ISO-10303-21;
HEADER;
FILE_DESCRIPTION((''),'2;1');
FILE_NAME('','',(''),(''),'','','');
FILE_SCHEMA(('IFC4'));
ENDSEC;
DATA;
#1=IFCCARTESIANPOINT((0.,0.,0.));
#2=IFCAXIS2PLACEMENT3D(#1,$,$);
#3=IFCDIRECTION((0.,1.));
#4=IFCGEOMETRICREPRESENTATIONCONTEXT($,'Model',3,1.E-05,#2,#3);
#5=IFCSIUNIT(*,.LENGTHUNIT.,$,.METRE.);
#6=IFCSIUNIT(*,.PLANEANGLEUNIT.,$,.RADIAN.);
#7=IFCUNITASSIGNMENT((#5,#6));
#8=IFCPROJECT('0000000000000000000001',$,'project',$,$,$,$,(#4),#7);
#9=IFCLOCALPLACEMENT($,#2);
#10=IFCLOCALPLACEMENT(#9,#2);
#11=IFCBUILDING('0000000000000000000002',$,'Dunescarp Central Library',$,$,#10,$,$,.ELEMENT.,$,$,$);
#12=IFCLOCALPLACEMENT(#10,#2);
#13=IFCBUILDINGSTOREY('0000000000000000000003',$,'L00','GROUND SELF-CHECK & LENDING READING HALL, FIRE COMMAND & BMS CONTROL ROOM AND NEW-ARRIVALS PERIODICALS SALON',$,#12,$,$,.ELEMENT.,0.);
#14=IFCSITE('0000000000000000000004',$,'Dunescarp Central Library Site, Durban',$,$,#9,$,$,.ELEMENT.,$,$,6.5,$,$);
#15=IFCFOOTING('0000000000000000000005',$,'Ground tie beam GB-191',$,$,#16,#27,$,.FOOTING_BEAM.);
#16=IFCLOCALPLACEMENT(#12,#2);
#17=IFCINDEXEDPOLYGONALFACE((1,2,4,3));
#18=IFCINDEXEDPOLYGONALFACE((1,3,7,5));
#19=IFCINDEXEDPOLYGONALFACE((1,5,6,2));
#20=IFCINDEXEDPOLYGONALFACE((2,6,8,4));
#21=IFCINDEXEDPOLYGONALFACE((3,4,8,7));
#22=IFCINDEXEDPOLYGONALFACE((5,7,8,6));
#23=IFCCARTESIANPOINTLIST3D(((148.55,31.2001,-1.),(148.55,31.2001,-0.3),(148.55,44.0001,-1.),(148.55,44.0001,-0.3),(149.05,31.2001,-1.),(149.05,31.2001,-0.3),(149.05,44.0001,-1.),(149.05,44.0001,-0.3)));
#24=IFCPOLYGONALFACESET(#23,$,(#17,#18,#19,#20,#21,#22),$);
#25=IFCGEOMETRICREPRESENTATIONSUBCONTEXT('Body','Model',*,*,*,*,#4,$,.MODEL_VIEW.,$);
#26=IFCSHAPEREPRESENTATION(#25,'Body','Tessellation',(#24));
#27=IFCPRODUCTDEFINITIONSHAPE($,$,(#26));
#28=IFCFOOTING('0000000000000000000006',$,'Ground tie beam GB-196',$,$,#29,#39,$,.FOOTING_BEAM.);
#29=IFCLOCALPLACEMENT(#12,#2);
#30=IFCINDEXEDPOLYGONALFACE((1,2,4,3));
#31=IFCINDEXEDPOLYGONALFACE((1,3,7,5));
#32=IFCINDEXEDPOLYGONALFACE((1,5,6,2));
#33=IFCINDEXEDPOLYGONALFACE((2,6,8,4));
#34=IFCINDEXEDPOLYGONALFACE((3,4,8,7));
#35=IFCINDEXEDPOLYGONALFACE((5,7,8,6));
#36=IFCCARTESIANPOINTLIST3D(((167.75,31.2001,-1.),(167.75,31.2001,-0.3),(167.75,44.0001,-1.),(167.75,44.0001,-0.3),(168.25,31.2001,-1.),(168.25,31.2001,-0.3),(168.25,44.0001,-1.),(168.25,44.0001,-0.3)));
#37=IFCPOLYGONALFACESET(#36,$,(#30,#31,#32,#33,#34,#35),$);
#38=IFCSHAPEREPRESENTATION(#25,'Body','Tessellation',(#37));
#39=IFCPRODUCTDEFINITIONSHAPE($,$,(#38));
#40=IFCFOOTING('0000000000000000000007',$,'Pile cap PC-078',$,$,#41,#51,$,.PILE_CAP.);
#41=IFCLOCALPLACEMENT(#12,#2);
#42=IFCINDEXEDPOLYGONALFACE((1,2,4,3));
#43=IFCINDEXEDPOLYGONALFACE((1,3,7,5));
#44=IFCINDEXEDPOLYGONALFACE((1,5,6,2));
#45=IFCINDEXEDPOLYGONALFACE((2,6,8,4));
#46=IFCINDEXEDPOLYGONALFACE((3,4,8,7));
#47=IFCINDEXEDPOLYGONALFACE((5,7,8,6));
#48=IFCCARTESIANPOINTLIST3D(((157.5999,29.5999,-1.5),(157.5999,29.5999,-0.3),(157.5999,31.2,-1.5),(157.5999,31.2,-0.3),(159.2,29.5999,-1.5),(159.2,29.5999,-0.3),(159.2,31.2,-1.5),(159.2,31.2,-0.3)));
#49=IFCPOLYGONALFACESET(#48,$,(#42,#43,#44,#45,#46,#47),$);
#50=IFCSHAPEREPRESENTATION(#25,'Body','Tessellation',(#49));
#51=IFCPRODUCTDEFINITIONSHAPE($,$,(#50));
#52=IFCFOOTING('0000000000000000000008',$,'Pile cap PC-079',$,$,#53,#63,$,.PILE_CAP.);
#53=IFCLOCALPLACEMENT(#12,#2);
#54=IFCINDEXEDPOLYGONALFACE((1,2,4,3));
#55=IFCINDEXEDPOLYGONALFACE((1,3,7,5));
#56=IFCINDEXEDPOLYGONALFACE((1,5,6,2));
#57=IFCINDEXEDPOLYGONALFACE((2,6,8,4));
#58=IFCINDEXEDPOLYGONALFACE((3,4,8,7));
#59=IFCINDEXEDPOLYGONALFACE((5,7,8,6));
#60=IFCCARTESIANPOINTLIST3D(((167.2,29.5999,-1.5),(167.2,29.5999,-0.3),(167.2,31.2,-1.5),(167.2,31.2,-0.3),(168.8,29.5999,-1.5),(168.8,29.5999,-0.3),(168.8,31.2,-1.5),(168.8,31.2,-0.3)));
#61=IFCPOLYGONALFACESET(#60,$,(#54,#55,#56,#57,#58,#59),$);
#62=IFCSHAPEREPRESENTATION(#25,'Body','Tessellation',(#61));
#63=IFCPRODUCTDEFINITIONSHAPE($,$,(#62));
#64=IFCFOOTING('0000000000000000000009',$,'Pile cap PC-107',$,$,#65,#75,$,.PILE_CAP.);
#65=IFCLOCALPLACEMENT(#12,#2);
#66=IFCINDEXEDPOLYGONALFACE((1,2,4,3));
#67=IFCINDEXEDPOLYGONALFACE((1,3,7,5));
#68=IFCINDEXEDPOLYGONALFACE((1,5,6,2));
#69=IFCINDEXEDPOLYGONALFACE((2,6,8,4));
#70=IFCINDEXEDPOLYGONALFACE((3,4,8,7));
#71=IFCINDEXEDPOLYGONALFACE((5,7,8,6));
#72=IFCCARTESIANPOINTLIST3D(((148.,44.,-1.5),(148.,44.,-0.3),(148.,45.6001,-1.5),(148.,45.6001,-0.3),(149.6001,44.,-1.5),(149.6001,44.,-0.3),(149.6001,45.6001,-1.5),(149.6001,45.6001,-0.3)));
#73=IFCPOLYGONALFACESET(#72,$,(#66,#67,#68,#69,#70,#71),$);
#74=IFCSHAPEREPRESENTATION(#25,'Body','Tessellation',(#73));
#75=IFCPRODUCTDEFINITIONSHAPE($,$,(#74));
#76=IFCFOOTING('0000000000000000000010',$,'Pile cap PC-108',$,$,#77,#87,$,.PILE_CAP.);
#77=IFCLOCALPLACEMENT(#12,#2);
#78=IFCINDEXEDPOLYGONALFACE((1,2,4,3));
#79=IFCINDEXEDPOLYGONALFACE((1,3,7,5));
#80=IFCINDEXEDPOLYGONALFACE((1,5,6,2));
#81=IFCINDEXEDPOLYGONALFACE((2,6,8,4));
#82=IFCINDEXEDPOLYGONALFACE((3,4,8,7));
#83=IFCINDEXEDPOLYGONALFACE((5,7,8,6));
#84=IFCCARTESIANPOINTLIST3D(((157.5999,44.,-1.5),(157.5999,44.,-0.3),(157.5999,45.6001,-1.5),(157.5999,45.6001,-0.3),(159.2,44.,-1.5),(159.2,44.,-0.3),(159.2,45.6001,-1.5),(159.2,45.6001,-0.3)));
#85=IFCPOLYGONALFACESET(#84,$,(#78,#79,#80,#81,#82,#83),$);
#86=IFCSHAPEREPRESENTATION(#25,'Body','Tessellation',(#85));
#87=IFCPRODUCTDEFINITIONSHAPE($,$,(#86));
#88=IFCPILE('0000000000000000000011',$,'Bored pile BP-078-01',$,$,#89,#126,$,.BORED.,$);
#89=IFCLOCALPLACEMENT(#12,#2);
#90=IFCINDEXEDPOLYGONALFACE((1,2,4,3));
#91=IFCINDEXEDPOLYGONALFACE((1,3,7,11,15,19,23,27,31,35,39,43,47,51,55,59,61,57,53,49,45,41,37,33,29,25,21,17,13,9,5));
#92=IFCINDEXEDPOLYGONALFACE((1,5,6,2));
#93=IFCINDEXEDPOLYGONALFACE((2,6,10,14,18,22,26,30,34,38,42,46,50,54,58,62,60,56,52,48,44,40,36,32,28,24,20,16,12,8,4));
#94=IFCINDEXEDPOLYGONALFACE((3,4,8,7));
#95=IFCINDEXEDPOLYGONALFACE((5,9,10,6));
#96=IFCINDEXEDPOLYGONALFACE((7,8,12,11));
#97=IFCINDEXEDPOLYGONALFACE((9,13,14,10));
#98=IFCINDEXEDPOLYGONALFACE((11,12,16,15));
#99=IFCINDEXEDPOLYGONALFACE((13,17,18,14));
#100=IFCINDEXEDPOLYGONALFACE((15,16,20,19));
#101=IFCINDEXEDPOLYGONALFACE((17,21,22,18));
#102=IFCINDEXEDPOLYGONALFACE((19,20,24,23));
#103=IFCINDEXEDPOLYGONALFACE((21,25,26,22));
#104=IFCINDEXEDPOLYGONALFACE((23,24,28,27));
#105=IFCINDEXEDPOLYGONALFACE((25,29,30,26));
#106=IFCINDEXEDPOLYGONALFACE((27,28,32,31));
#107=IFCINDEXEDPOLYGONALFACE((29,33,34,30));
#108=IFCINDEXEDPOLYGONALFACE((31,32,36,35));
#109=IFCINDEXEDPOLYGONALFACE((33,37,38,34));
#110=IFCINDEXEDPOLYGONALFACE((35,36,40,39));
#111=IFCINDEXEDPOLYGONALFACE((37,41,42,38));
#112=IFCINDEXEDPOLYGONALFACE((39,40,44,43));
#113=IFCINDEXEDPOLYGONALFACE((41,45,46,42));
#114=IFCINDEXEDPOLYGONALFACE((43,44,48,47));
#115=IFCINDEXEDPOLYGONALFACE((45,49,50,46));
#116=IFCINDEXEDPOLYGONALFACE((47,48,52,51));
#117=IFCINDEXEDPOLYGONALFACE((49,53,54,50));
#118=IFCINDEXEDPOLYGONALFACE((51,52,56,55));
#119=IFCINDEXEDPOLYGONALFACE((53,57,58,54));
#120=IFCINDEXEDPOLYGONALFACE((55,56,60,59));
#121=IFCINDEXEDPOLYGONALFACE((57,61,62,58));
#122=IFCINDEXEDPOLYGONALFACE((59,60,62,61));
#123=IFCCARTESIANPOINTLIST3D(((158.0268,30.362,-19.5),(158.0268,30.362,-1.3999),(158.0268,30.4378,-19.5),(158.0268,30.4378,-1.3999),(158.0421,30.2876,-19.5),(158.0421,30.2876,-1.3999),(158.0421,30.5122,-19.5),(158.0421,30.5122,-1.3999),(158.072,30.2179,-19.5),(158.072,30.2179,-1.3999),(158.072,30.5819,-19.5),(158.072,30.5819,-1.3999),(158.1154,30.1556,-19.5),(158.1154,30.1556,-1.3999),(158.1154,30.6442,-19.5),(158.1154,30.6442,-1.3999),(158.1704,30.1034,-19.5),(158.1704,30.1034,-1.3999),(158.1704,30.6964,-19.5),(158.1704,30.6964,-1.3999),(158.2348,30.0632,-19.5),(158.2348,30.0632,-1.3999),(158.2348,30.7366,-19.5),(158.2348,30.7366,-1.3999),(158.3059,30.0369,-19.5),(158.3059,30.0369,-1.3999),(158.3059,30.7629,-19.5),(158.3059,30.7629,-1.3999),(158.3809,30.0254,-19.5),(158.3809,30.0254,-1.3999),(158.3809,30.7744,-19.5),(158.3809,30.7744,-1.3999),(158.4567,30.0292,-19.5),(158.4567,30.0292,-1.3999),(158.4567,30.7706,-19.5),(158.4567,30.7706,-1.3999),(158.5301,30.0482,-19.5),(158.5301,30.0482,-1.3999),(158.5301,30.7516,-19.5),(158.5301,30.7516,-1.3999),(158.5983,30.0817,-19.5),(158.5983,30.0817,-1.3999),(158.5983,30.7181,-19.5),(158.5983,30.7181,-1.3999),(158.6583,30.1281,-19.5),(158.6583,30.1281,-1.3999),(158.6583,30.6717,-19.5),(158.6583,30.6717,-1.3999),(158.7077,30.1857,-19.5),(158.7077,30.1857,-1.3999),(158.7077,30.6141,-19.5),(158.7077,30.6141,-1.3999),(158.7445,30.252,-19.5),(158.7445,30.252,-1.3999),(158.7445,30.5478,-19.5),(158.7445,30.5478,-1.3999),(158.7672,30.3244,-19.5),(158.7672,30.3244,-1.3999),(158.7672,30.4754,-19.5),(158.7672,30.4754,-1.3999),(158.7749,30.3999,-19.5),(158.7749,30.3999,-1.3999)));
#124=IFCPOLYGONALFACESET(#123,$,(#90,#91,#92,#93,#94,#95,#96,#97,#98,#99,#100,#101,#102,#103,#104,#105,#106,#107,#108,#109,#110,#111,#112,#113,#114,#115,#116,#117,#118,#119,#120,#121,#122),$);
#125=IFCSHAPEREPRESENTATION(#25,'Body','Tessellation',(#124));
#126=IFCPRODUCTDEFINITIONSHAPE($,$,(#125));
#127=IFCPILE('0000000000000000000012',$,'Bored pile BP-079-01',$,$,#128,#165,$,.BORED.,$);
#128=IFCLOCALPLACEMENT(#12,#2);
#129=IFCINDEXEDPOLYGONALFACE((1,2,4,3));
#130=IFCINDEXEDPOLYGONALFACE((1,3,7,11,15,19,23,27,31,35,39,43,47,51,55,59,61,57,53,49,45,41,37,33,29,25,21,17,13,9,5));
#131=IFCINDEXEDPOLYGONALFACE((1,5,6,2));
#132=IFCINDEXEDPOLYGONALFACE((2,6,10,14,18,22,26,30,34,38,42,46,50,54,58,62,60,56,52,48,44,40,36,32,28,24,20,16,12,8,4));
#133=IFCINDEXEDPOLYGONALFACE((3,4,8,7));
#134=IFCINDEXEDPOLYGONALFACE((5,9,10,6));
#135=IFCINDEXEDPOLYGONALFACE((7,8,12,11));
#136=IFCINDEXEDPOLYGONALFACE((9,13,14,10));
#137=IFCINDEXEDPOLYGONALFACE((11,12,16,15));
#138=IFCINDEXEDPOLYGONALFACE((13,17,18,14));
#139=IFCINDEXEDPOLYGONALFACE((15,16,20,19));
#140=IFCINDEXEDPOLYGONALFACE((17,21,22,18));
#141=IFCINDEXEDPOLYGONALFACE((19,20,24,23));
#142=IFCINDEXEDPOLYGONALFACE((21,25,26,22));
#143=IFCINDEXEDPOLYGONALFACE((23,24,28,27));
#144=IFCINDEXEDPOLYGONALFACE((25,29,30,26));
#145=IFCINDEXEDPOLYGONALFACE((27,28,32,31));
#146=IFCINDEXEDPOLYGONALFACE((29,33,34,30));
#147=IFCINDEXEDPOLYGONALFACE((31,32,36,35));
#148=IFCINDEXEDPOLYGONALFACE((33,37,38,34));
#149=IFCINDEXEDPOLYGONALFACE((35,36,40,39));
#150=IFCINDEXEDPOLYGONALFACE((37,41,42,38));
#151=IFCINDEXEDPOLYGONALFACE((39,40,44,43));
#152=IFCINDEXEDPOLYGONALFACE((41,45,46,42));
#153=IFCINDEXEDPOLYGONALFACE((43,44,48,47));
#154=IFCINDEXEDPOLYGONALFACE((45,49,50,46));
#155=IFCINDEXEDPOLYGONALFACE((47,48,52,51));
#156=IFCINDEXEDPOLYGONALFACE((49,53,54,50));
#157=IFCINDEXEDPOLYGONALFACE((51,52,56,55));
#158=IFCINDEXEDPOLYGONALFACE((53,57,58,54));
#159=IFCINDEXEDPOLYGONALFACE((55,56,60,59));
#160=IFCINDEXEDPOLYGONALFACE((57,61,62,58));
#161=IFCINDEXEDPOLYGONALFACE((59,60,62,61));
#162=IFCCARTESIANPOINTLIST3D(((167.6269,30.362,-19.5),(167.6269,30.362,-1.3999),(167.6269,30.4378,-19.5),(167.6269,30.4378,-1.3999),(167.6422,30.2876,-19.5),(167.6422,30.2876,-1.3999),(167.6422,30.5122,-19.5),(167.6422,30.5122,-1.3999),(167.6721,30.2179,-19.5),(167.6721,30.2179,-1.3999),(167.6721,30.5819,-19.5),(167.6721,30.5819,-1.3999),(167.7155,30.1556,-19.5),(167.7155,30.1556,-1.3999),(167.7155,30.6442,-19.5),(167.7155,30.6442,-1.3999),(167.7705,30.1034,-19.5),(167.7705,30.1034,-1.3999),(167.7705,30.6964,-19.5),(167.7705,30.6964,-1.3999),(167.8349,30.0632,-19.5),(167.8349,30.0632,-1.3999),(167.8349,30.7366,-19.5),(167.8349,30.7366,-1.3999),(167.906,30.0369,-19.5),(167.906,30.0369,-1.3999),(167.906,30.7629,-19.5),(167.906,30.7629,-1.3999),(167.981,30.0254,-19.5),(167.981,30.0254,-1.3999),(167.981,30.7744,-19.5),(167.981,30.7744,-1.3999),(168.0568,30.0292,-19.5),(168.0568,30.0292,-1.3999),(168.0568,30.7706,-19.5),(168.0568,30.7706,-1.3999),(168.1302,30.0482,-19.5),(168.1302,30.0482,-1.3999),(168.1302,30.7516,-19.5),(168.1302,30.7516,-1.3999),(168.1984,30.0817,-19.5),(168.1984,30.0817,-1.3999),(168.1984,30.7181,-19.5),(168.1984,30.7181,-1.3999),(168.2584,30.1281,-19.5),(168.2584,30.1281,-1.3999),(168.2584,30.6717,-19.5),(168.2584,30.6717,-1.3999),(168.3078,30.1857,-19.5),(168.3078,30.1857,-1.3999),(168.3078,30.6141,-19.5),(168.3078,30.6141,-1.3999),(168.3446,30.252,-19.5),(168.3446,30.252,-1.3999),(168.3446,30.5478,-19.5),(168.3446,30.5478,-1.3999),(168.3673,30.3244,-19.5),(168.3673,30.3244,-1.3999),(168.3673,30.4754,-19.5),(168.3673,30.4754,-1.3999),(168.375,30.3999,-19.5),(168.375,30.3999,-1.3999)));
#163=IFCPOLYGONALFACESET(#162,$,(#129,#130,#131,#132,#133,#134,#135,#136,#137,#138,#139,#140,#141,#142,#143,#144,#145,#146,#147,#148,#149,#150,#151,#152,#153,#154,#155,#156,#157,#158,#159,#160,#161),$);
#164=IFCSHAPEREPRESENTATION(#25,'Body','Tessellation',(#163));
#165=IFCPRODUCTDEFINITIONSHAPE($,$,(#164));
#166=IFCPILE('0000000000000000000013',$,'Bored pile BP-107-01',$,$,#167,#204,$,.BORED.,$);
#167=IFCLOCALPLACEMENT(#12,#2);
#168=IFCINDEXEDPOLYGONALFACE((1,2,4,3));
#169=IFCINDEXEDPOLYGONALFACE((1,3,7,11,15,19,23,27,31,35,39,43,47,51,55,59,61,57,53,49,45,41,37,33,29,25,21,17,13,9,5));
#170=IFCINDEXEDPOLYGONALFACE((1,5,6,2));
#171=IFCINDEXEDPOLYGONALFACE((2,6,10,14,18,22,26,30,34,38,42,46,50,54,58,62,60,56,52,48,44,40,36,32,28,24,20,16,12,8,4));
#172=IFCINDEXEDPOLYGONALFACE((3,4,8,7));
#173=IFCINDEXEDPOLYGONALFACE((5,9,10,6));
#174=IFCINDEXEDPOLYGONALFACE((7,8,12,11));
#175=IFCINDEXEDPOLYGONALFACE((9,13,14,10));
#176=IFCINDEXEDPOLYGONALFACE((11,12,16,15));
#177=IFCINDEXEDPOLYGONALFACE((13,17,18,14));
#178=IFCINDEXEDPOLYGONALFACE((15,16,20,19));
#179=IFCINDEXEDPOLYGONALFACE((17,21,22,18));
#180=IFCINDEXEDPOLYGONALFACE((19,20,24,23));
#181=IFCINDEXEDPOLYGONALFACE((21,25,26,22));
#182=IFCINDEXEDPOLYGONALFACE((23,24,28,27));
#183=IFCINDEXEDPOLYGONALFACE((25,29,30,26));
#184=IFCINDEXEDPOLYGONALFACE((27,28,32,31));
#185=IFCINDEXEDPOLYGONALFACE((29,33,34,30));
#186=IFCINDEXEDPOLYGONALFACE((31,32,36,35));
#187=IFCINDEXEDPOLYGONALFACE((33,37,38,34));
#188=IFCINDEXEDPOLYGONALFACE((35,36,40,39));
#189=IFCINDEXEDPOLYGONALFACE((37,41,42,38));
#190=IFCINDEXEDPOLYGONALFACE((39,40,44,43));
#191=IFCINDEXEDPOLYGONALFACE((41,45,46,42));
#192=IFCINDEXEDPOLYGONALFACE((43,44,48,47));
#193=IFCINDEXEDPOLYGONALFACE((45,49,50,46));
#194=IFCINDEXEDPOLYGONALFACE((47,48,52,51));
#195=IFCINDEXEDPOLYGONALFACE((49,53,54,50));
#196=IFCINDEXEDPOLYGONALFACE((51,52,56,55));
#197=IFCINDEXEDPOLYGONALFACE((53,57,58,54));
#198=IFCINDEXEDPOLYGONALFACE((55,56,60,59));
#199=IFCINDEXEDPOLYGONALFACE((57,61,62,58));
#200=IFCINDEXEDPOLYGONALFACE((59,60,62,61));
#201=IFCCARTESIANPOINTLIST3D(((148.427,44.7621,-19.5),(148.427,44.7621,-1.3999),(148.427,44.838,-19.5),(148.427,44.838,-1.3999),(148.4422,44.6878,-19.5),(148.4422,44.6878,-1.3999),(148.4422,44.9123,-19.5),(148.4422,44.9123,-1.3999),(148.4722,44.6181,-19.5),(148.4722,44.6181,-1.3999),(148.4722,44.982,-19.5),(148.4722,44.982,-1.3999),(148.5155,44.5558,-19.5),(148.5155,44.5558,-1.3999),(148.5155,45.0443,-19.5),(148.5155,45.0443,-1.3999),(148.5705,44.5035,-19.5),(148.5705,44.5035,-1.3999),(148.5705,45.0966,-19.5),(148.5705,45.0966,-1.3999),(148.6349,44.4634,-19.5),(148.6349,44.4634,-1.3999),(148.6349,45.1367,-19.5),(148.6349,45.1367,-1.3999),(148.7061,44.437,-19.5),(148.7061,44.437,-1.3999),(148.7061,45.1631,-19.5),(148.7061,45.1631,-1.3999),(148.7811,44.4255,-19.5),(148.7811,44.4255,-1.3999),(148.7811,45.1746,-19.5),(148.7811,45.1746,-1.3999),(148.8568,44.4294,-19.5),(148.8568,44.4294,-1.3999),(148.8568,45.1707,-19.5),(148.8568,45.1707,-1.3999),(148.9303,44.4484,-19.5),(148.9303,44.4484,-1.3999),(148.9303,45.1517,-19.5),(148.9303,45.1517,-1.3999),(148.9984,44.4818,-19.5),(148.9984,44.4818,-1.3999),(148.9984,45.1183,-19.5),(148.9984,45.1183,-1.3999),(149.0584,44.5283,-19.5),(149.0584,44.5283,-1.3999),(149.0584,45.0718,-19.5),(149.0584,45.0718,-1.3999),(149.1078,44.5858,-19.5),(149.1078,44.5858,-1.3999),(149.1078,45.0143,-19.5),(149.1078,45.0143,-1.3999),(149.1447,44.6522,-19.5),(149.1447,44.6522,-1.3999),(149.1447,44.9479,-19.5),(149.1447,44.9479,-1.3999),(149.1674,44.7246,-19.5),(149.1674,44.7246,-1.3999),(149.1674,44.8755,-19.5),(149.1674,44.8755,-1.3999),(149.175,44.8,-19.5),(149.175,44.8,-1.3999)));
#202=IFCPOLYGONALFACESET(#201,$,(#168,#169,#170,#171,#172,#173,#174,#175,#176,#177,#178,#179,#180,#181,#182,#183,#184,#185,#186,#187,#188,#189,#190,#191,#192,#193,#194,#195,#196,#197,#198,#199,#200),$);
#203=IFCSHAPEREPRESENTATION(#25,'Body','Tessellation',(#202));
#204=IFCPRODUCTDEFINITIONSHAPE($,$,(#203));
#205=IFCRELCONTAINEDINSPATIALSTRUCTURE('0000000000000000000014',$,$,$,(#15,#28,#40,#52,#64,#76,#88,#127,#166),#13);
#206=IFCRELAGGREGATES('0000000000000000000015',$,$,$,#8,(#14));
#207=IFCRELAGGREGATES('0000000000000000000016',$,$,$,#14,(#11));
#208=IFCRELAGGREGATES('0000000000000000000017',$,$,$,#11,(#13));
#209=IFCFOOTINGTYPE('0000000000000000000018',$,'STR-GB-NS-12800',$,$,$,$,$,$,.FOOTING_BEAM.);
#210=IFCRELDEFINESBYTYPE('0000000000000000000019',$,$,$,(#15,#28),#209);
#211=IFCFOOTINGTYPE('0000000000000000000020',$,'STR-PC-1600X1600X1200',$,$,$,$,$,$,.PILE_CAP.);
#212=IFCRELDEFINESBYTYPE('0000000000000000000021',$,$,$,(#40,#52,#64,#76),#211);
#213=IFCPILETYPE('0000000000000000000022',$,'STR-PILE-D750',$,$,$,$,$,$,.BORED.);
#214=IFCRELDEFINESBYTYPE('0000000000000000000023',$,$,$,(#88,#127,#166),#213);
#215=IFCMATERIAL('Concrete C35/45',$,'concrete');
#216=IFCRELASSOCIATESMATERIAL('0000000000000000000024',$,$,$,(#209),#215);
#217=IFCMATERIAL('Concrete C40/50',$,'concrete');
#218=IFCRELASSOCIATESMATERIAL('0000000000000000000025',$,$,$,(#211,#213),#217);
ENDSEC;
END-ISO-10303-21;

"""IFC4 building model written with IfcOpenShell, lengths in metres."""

from ifc_helpers import new_model, si_unit, direction, frame, origin, origin_2d, place, context, subcontext, project, spatial, rectangle, circle, extrude, material, material_profile, profile_set, type_object, element, save


model = new_model("IFC4")

# Units and contexts
model_context = context("Model", 3, precision=1e-05, world=origin(), true_north=direction((0.0, 1.0)))
body_context = subcontext(model_context, "Body", "Model", "MODEL_VIEW")
ifc_project = project(units=[si_unit("LENGTHUNIT", "METRE"), si_unit("PLANEANGLEUNIT", "RADIAN")], contexts=[model_context])

# Site, building, storey
site_placement = place(None, origin())
site = spatial("IfcSite", under=ifc_project, at=site_placement, Name="Dunescarp Central Library Site, Durban", CompositionType="ELEMENT", RefElevation=6.5)
building_placement = place(site_placement, origin())
building = spatial("IfcBuilding", under=site, at=building_placement, Name="Dunescarp Central Library", CompositionType="ELEMENT")
storey_placement = place(building_placement, origin())
storey = spatial("IfcBuildingStorey", under=building, at=storey_placement, Name="L00", Description="GROUND SELF-CHECK & LENDING READING HALL, FIRE COMMAND & BMS CONTROL ROOM AND NEW-ARRIVALS PERIODICALS SALON", CompositionType="ELEMENT", Elevation=0.0)

# Footings
ifc_material_1 = material(Name="Concrete C35/45", Category="concrete")
footing_type_1 = type_object("IfcFootingType", Name="STR-GB-NS-12800", PredefinedType="FOOTING_BEAM", material=ifc_material_1)
for number, where, z_axis, x_axis, name in (
    (1, (148.8, 37.6001, -1.0), (0.0, 0.0, 1.0), (0.0, 1.0, 0.0), "Ground tie beam GB-191"),
    (2, (168.0, 37.6001, -1.0), (0.0, 0.0, 1.0), (0.0, 1.0, 0.0), "Ground tie beam GB-196"),
):
    element("IfcFooting", number, at=place(storey_placement, frame(where, z_axis=z_axis, x_axis=x_axis)), inside=storey, type_object=footing_type_1, Name=name, PredefinedType="FOOTING_BEAM", context=body_context, shape_type="SweptSolid", body=[
        extrude(rectangle(XDim=12.8, YDim=0.5, at=origin_2d()), origin(), (0.0, 0.0, 1.0), 0.7),
    ])
ifc_material_2 = material(Name="Concrete C40/50", Category="concrete")
footing_type_2 = type_object("IfcFootingType", Name="STR-PC-1600X1600X1200", PredefinedType="PILE_CAP", material=ifc_material_2)
for number, where, z_axis, x_axis, name in (
    (3, (158.3999, 30.3999, -1.5), (0.0, 0.0, 1.0), (1.0, 0.0, 0.0), "Pile cap PC-078"),
    (4, (168.0, 30.3999, -1.5), (0.0, 0.0, 1.0), (1.0, 0.0, 0.0), "Pile cap PC-079"),
    (5, (148.8, 44.8, -1.5), (0.0, 0.0, 1.0), (1.0, 0.0, 0.0), "Pile cap PC-107"),
    (6, (158.3999, 44.8, -1.5), (0.0, 0.0, 1.0), (1.0, 0.0, 0.0), "Pile cap PC-108"),
):
    element("IfcFooting", number, at=place(storey_placement, frame(where, z_axis=z_axis, x_axis=x_axis)), inside=storey, type_object=footing_type_2, Name=name, PredefinedType="PILE_CAP", context=body_context, shape_type="SweptSolid", body=[
        extrude(rectangle(XDim=1.6001, YDim=1.6001, at=origin_2d()), origin(), (0.0, 0.0, 1.0), 1.2),
    ])

# Piles
ifc_material_profile_1 = material_profile(ifc_material_2, circle(Radius=0.375, at=origin_2d()), Name="PILE D750")
ifc_profile_set_1 = profile_set([ifc_material_profile_1], Name="Concrete C40/50")
pile_type = type_object("IfcPileType", Name="STR-PILE-D750", PredefinedType="BORED", material=ifc_profile_set_1)
for number, where, z_axis, x_axis, name in (
    (7, (158.3999, 30.3999, -1.3999), (0.0, 0.0, -1.0), (1.0, 0.0, 0.0), "Bored pile BP-078-01"),
    (8, (168.0, 30.3999, -1.3999), (0.0, 0.0, -1.0), (1.0, 0.0, 0.0), "Bored pile BP-079-01"),
    (9, (148.8, 44.8, -1.3999), (0.0, 0.0, -1.0), (1.0, 0.0, 0.0), "Bored pile BP-107-01"),
):
    element("IfcPile", number, at=place(storey_placement, frame(where, z_axis=z_axis, x_axis=x_axis)), inside=storey, type_object=pile_type, Name=name, PredefinedType="BORED", context=body_context, shape_type="SweptSolid", body=[
        extrude(circle(Radius=0.375, at=origin_2d()), origin(), (0.0, 0.0, 1.0), 18.1001),
    ])

save(model, "model.ifc")
